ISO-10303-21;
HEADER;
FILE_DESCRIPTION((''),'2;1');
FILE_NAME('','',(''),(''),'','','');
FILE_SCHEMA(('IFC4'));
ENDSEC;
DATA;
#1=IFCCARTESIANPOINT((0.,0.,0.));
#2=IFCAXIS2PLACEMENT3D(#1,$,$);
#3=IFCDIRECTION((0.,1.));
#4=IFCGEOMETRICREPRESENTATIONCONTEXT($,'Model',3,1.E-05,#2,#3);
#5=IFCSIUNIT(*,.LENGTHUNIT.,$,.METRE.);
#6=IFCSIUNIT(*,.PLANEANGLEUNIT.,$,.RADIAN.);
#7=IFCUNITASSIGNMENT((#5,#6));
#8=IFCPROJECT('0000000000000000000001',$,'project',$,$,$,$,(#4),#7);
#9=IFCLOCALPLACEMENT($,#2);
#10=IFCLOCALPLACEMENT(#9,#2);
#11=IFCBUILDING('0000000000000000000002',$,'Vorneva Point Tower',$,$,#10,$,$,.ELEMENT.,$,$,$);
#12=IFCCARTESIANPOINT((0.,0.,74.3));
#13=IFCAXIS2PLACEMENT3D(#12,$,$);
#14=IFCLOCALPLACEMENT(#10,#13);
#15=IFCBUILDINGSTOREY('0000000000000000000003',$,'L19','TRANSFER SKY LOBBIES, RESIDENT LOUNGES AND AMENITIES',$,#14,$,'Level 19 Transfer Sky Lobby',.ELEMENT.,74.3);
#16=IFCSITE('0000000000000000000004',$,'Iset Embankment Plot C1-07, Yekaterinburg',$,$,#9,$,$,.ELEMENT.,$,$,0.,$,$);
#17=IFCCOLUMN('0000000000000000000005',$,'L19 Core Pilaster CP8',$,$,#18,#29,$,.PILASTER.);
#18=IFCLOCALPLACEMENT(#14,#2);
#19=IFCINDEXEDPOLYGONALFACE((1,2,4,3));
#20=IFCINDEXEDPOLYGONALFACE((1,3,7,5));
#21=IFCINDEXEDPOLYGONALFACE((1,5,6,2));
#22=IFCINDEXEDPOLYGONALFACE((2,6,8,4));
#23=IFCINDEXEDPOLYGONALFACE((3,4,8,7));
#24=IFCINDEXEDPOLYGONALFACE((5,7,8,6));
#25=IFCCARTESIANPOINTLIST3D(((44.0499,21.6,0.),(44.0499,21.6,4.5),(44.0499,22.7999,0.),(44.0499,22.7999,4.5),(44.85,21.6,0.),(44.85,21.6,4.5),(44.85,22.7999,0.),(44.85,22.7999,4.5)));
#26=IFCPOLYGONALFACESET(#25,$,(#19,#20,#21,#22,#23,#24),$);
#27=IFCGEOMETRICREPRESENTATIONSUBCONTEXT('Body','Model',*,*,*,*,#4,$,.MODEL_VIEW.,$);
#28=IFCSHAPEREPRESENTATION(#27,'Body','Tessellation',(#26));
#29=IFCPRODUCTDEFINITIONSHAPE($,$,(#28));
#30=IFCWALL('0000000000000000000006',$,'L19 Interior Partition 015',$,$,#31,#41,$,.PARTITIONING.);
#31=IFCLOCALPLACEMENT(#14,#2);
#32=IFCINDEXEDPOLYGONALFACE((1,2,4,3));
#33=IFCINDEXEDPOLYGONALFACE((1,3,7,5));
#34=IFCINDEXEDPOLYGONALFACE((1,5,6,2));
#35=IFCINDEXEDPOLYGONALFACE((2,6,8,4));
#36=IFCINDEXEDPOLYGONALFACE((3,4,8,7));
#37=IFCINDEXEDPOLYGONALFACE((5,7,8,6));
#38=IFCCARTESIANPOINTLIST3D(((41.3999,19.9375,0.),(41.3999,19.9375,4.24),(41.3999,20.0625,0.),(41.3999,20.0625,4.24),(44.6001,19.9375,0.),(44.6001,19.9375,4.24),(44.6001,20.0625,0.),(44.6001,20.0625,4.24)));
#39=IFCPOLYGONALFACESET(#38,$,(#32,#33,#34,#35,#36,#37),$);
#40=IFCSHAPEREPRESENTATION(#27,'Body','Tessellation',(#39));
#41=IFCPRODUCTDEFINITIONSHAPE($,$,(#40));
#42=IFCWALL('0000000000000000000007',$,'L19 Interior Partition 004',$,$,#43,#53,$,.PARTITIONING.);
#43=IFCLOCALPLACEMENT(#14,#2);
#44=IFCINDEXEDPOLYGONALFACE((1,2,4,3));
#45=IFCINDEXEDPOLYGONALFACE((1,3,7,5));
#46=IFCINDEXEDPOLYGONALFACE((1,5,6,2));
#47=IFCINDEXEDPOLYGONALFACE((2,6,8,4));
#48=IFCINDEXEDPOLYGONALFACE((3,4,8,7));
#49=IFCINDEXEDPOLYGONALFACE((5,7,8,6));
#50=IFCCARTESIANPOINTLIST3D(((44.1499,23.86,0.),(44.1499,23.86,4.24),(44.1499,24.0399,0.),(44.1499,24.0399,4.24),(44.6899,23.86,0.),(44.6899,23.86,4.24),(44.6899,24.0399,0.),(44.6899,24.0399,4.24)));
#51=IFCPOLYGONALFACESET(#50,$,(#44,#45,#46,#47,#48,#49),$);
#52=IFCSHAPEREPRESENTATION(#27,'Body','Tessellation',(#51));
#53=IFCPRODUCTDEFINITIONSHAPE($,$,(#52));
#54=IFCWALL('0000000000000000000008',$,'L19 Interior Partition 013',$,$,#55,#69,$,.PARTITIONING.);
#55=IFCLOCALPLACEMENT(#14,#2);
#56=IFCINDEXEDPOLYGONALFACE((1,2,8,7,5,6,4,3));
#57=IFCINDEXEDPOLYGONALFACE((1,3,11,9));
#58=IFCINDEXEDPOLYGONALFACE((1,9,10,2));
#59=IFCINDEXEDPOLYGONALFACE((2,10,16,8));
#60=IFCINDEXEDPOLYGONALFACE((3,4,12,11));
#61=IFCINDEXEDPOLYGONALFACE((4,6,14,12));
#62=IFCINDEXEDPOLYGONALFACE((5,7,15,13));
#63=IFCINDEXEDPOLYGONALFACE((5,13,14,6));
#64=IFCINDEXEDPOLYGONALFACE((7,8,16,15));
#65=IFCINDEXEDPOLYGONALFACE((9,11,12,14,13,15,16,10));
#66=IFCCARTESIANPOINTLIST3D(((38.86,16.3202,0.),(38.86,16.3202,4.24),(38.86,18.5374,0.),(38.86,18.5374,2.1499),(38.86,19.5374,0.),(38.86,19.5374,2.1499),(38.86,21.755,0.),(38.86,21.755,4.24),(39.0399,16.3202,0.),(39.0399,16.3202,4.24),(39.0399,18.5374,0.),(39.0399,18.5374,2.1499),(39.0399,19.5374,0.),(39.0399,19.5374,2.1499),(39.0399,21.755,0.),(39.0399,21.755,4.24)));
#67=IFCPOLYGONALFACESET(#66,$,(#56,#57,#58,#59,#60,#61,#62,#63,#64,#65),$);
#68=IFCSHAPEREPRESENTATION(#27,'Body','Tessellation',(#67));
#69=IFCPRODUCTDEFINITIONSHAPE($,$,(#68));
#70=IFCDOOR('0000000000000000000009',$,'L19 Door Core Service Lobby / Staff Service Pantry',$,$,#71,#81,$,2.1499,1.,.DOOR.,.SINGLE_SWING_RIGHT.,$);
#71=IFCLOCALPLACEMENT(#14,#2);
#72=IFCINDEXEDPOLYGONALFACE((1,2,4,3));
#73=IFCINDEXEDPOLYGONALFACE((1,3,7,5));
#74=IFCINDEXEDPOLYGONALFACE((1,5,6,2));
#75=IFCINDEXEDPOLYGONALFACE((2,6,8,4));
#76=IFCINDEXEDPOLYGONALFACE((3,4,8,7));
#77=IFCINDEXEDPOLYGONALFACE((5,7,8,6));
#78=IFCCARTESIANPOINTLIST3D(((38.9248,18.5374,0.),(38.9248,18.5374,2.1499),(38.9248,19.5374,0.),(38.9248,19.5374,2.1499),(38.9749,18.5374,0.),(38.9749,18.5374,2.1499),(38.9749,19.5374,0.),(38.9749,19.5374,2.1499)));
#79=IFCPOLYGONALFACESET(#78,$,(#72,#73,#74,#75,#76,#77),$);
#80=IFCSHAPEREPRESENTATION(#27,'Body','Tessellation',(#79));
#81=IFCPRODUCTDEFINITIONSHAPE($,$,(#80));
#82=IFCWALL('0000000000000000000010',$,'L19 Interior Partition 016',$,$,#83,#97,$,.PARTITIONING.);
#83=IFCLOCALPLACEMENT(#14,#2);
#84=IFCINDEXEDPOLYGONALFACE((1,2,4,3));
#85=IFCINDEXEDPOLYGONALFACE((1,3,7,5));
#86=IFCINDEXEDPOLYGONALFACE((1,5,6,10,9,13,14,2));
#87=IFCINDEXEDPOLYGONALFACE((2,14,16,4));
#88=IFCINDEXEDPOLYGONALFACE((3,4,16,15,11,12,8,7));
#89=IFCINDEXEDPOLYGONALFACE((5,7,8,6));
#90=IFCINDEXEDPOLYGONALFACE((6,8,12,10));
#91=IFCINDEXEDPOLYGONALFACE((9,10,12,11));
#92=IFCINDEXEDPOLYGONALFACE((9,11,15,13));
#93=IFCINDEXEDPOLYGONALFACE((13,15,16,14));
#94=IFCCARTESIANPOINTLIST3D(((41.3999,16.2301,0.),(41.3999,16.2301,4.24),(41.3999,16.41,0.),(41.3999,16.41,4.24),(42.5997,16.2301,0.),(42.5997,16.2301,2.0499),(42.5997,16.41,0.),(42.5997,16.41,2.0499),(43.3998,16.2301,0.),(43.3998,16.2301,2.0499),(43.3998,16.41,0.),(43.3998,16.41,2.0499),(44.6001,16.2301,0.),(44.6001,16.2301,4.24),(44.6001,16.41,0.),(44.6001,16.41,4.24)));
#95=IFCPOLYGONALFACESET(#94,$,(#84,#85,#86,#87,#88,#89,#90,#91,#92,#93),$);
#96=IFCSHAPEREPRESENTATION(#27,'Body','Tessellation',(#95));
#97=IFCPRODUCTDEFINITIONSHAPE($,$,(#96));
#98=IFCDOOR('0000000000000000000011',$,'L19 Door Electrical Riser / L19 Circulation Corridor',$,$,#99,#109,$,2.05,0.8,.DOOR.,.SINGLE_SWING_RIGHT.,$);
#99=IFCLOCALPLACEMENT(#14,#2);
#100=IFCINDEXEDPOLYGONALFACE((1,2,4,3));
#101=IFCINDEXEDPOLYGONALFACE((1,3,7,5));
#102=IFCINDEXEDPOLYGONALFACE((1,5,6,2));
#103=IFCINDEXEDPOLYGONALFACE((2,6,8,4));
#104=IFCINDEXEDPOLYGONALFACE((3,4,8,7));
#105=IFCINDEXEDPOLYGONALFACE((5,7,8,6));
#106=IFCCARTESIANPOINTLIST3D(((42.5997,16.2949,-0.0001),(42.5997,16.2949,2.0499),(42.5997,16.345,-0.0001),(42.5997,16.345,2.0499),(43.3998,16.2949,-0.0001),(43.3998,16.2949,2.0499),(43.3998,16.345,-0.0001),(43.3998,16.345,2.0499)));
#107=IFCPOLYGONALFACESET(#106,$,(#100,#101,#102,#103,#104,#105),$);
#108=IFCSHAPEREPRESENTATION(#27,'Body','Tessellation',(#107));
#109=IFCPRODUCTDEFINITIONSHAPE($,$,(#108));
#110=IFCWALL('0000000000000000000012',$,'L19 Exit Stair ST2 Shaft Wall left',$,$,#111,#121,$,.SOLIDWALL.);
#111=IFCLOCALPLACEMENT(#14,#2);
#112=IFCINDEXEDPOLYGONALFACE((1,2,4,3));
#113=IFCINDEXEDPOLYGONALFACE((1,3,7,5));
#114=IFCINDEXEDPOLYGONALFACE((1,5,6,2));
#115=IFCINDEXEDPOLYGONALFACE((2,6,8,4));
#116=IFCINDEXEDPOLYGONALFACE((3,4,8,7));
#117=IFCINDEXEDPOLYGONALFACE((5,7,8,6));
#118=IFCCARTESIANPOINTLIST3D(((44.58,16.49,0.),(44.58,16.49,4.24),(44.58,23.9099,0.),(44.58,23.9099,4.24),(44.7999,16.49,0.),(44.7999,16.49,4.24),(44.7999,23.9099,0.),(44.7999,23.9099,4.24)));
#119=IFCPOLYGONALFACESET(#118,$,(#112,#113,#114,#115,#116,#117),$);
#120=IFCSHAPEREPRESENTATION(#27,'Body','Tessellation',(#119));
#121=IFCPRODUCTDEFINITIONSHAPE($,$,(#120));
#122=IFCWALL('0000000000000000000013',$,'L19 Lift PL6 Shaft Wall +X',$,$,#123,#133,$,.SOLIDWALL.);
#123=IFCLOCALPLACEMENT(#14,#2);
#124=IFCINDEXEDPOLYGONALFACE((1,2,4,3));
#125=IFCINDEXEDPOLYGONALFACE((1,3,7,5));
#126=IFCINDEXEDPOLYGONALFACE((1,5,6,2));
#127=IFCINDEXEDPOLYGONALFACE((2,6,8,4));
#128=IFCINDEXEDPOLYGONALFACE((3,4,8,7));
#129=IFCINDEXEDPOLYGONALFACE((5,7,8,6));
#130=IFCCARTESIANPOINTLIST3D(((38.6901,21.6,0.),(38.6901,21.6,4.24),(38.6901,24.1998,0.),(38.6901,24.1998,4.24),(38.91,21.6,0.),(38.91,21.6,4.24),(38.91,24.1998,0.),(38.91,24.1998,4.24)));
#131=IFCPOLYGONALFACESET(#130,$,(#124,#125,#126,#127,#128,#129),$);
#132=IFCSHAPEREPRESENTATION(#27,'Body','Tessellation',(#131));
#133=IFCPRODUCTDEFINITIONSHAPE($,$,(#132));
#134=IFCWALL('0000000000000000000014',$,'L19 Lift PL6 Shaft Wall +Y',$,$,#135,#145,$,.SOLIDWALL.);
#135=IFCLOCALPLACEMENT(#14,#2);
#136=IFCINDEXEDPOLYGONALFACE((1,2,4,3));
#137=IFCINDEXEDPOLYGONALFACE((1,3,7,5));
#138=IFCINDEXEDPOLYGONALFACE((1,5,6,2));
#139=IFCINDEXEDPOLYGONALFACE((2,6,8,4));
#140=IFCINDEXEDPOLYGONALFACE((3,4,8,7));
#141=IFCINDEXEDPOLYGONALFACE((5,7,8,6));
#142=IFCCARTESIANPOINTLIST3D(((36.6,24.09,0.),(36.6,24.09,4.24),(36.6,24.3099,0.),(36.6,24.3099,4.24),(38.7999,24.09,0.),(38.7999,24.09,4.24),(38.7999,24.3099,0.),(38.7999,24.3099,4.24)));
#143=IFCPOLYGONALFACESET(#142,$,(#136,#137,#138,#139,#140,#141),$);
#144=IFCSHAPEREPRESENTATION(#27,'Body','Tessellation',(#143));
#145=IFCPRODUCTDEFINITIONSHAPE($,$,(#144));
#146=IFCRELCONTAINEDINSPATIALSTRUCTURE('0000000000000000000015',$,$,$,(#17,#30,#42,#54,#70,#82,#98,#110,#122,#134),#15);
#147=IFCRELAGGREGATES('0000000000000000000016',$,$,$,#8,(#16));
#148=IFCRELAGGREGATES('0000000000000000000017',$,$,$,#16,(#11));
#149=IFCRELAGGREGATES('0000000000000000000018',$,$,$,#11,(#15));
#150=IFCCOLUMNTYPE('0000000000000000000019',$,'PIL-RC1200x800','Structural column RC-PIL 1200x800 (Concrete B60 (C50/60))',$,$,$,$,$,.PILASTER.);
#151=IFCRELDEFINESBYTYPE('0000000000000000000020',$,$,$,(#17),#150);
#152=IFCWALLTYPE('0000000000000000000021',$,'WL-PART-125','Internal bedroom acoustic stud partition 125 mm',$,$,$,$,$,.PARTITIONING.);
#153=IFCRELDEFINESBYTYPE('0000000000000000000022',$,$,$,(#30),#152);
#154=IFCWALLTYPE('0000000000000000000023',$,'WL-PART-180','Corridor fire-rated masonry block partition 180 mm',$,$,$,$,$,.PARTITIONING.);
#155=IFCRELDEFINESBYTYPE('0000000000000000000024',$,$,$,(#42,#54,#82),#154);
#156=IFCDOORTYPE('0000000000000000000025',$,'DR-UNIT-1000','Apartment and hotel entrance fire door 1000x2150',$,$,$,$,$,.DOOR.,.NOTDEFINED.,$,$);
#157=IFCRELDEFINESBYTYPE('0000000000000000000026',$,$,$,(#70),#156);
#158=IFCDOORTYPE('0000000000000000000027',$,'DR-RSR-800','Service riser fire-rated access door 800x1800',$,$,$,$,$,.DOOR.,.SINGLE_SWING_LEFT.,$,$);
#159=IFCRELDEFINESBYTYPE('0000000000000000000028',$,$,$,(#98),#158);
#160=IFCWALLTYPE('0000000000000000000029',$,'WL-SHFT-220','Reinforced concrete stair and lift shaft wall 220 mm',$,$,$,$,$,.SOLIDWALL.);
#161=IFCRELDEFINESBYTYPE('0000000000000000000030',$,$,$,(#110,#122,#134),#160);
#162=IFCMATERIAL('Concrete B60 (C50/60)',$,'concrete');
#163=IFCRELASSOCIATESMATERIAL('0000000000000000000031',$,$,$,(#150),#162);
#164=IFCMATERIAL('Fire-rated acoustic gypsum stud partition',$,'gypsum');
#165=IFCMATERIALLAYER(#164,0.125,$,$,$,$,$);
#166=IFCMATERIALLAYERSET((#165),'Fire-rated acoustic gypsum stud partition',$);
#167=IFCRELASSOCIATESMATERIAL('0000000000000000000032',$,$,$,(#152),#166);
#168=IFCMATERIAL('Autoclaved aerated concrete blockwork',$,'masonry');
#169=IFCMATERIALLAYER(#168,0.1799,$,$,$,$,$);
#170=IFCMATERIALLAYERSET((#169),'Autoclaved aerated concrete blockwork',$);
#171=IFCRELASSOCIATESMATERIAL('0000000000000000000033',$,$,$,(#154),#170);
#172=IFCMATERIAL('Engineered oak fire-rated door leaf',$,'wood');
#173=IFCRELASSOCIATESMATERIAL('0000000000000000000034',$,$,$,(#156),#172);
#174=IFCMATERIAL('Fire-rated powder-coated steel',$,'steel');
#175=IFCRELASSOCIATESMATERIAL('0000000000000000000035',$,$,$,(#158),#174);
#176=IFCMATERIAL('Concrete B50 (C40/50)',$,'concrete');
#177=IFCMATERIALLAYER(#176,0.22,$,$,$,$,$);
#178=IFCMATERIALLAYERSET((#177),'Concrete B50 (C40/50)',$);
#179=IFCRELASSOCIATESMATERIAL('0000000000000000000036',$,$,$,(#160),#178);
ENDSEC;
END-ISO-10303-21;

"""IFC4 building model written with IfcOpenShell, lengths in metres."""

from ifc_helpers import new_model, si_unit, direction, frame, frame_2d, origin, origin_2d, place, context, subcontext, project, spatial, rectangle, extrude, material, layer, layer_set, material_profile, profile_set, type_object, element, fill, save


model = new_model("IFC4")

# Units and contexts
model_context = context("Model", 3, precision=1e-05, world=origin(), true_north=direction((0.0, 1.0)))
body_context = subcontext(model_context, "Body", "Model", "MODEL_VIEW")
ifc_project = project(units=[si_unit("LENGTHUNIT", "METRE"), si_unit("PLANEANGLEUNIT", "RADIAN")], contexts=[model_context])

# Site, building, storey
site_placement = place(None, origin())
site = spatial("IfcSite", under=ifc_project, at=site_placement, Name="Iset Embankment Plot C1-07, Yekaterinburg", CompositionType="ELEMENT", RefElevation=0.0)
building_placement = place(site_placement, origin())
building = spatial("IfcBuilding", under=site, at=building_placement, Name="Vorneva Point Tower", CompositionType="ELEMENT")
storey_placement = place(building_placement, frame((0.0, 0.0, 74.3)))
storey = spatial("IfcBuildingStorey", under=building, at=storey_placement, Name="L19", Description="TRANSFER SKY LOBBIES, RESIDENT LOUNGES AND AMENITIES", LongName="Level 19 Transfer Sky Lobby", CompositionType="ELEMENT", Elevation=74.3)

# Column
ifc_material_1 = material(Name="Concrete B60 (C50/60)", Category="concrete")
ifc_material_profile = material_profile(ifc_material_1, rectangle(XDim=0.8, YDim=1.2, at=origin_2d()), Name="RC-PIL 1200x800")
ifc_profile_set = profile_set([ifc_material_profile], Name="Concrete B60 (C50/60)")
column_type = type_object("IfcColumnType", Name="PIL-RC1200x800", Description="Structural column RC-PIL 1200x800 (Concrete B60 (C50/60))", PredefinedType="PILASTER", material=ifc_profile_set)
column_placement = place(storey_placement, frame((44.45, 22.2, 0.0), z_axis=(0.0, 0.0, 1.0), x_axis=(1.0, 0.0, 0.0)))
element("IfcColumn", 1, at=column_placement, inside=storey, type_object=column_type, Name="L19 Core Pilaster CP8", PredefinedType="PILASTER", context=body_context, shape_type="SweptSolid", body=[
    extrude(rectangle(XDim=0.8, YDim=1.2, at=origin_2d()), origin(), (0.0, 0.0, 1.0), 4.5),
])

# Walls
ifc_material_2 = material(Name="Fire-rated acoustic gypsum stud partition", Category="gypsum")
ifc_layer_1 = layer(ifc_material_2, 0.125)
ifc_layer_set_1 = layer_set([ifc_layer_1], Name="Fire-rated acoustic gypsum stud partition")
wall_type_1 = type_object("IfcWallType", Name="WL-PART-125", Description="Internal bedroom acoustic stud partition 125 mm", PredefinedType="PARTITIONING", material=ifc_layer_set_1)
wall_1_placement = place(storey_placement, frame((44.6001, 20.0, 0.0), z_axis=(0.0, 0.0, 1.0), x_axis=(-1.0, 0.0, 0.0)))
element("IfcWall", 2, at=wall_1_placement, inside=storey, type_object=wall_type_1, Name="L19 Interior Partition 015", PredefinedType="PARTITIONING", context=body_context, shape_type="SweptSolid", body=[
    extrude(rectangle(XDim=3.2002, YDim=0.125, at=frame_2d((1.6001, 0.0))), origin(), (0.0, 0.0, 1.0), 4.24),
])
ifc_material_3 = material(Name="Autoclaved aerated concrete blockwork", Category="masonry")
ifc_layer_2 = layer(ifc_material_3, 0.1799)
ifc_layer_set_2 = layer_set([ifc_layer_2], Name="Autoclaved aerated concrete blockwork")
wall_type_2 = type_object("IfcWallType", Name="WL-PART-180", Description="Corridor fire-rated masonry block partition 180 mm", PredefinedType="PARTITIONING", material=ifc_layer_set_2)
wall_2_placement = place(storey_placement, frame((44.1499, 23.95, 0.0), z_axis=(0.0, 0.0, 1.0), x_axis=(1.0, 0.0, 0.0)))
element("IfcWall", 3, at=wall_2_placement, inside=storey, type_object=wall_type_2, Name="L19 Interior Partition 004", PredefinedType="PARTITIONING", context=body_context, shape_type="SweptSolid", body=[
    extrude(rectangle(XDim=0.54, YDim=0.1799, at=frame_2d((0.27, 0.0))), origin(), (0.0, 0.0, 1.0), 4.24),
])

# Walls, openings, doors
ifc_material_4 = material(Name="Fire-rated powder-coated steel", Category="steel")
ifc_material_5 = material(Name="Engineered oak fire-rated door leaf", Category="wood")
door_type_1 = type_object("IfcDoorType", Name="DR-UNIT-1000", Description="Apartment and hotel entrance fire door 1000x2150", OperationType="NOTDEFINED", PredefinedType="DOOR", material=ifc_material_5)
wall_3_placement = place(storey_placement, frame((38.95, 21.7549, 0.0), z_axis=(0.0, 0.0, 1.0), x_axis=(0.0, -1.0, 0.0)))
wall_3 = element("IfcWall", 4, at=wall_3_placement, inside=storey, type_object=wall_type_2, Name="L19 Interior Partition 013", PredefinedType="PARTITIONING", context=body_context, shape_type="SweptSolid", body=[
    extrude(rectangle(XDim=5.4348, YDim=0.1799, at=frame_2d((2.7173, 0.0))), origin(), (0.0, 0.0, 1.0), 4.24),
])
opening_1_placement = place(wall_3_placement, frame((2.2175, 0.0, 0.0)))
opening_1 = element("IfcOpeningElement", 5, at=opening_1_placement, cuts=wall_3, PredefinedType="OPENING", context=body_context, shape_type="SweptSolid", body=[
    extrude(rectangle(XDim=1.0, YDim=2.1499, at=frame_2d((0.5, 1.075))), frame((0.0, 0.105, 0.0), z_axis=(0.0, -1.0, 0.0), x_axis=(1.0, 0.0, 0.0)), (0.0, 0.0, 1.0), 0.2097),
])
door_1_placement = place(opening_1_placement, origin())
door_1 = element("IfcDoor", 6, at=door_1_placement, inside=storey, type_object=door_type_1, Name="L19 Door Core Service Lobby / Staff Service Pantry", OperationType="SINGLE_SWING_RIGHT", OverallHeight=2.1499, OverallWidth=1.0, PredefinedType="DOOR", context=body_context, shape_type="SweptSolid", body=[
    extrude(rectangle(XDim=1.0, YDim=2.1499, at=frame_2d((0.5, 1.075))), frame((0.0, 0.0249, 0.0), z_axis=(0.0, -1.0, 0.0), x_axis=(1.0, 0.0, 0.0)), (0.0, 0.0, 1.0), 0.05),
])
fill(opening_1, door_1)
wall_4_placement = place(storey_placement, frame((41.3999, 16.3201, 0.0), z_axis=(0.0, 0.0, 1.0), x_axis=(1.0, 0.0, 0.0)))
wall_4 = element("IfcWall", 7, at=wall_4_placement, inside=storey, type_object=wall_type_2, Name="L19 Interior Partition 016", PredefinedType="PARTITIONING", context=body_context, shape_type="SweptSolid", body=[
    extrude(rectangle(XDim=3.2002, YDim=0.1799, at=frame_2d((1.6001, 0.0))), origin(), (0.0, 0.0, 1.0), 4.24),
])
opening_2_placement = place(wall_4_placement, frame((1.2, 0.0, 0.0)))
opening_2 = element("IfcOpeningElement", 8, at=opening_2_placement, cuts=wall_4, PredefinedType="OPENING", context=body_context, shape_type="SweptSolid", body=[
    extrude(rectangle(XDim=0.8, YDim=2.05, at=frame_2d((0.3999, 1.0249))), frame((0.0, 0.105, 0.0), z_axis=(0.0, -1.0, 0.0), x_axis=(1.0, 0.0, 0.0)), (0.0, 0.0, 1.0), 0.2097),
])
door_type_2 = type_object("IfcDoorType", Name="DR-RSR-800", Description="Service riser fire-rated access door 800x1800", OperationType="SINGLE_SWING_LEFT", PredefinedType="DOOR", material=ifc_material_4)
door_2_placement = place(opening_2_placement, origin())
door_2 = element("IfcDoor", 9, at=door_2_placement, inside=storey, type_object=door_type_2, Name="L19 Door Electrical Riser / L19 Circulation Corridor", OperationType="SINGLE_SWING_RIGHT", OverallHeight=2.05, OverallWidth=0.8, PredefinedType="DOOR", context=body_context, shape_type="SweptSolid", body=[
    extrude(rectangle(XDim=0.8, YDim=2.05, at=frame_2d((0.3999, 1.0249))), frame((0.0, 0.0249, 0.0), z_axis=(0.0, -1.0, 0.0), x_axis=(1.0, 0.0, 0.0)), (0.0, 0.0, 1.0), 0.05),
])
fill(opening_2, door_2)
ifc_material_6 = material(Name="Concrete B50 (C40/50)", Category="concrete")
ifc_layer_3 = layer(ifc_material_6, 0.22)
ifc_layer_set_3 = layer_set([ifc_layer_3], Name="Concrete B50 (C40/50)")
wall_type_3 = type_object("IfcWallType", Name="WL-SHFT-220", Description="Reinforced concrete stair and lift shaft wall 220 mm", PredefinedType="SOLIDWALL", material=ifc_layer_set_3)

# Walls
wall_5_placement = place(storey_placement, frame((44.6899, 16.49, 0.0), z_axis=(0.0, 0.0, 1.0), x_axis=(0.0, 1.0, 0.0)))
element("IfcWall", 10, at=wall_5_placement, inside=storey, type_object=wall_type_3, Name="L19 Exit Stair ST2 Shaft Wall left", PredefinedType="SOLIDWALL", context=body_context, shape_type="SweptSolid", body=[
    extrude(rectangle(XDim=7.4199, YDim=0.22, at=frame_2d((3.71, 0.0))), origin(), (0.0, 0.0, 1.0), 4.24),
])
wall_6_placement = place(storey_placement, frame((38.8, 21.6001, 0.0), z_axis=(0.0, 0.0, 1.0), x_axis=(0.0, 1.0, 0.0)))
element("IfcWall", 11, at=wall_6_placement, inside=storey, type_object=wall_type_3, Name="L19 Lift PL6 Shaft Wall +X", PredefinedType="SOLIDWALL", context=body_context, shape_type="SweptSolid", body=[
    extrude(rectangle(XDim=2.5999, YDim=0.22, at=frame_2d((1.2998, 0.0))), origin(), (0.0, 0.0, 1.0), 4.24),
])
wall_7_placement = place(storey_placement, frame((38.8, 24.2, 0.0), z_axis=(0.0, 0.0, 1.0), x_axis=(-1.0, 0.0, 0.0)))
element("IfcWall", 12, at=wall_7_placement, inside=storey, type_object=wall_type_3, Name="L19 Lift PL6 Shaft Wall +Y", PredefinedType="SOLIDWALL", context=body_context, shape_type="SweptSolid", body=[
    extrude(rectangle(XDim=2.2, YDim=0.22, at=frame_2d((1.1001, 0.0))), origin(), (0.0, 0.0, 1.0), 4.24),
])

save(model, "model.ifc")
